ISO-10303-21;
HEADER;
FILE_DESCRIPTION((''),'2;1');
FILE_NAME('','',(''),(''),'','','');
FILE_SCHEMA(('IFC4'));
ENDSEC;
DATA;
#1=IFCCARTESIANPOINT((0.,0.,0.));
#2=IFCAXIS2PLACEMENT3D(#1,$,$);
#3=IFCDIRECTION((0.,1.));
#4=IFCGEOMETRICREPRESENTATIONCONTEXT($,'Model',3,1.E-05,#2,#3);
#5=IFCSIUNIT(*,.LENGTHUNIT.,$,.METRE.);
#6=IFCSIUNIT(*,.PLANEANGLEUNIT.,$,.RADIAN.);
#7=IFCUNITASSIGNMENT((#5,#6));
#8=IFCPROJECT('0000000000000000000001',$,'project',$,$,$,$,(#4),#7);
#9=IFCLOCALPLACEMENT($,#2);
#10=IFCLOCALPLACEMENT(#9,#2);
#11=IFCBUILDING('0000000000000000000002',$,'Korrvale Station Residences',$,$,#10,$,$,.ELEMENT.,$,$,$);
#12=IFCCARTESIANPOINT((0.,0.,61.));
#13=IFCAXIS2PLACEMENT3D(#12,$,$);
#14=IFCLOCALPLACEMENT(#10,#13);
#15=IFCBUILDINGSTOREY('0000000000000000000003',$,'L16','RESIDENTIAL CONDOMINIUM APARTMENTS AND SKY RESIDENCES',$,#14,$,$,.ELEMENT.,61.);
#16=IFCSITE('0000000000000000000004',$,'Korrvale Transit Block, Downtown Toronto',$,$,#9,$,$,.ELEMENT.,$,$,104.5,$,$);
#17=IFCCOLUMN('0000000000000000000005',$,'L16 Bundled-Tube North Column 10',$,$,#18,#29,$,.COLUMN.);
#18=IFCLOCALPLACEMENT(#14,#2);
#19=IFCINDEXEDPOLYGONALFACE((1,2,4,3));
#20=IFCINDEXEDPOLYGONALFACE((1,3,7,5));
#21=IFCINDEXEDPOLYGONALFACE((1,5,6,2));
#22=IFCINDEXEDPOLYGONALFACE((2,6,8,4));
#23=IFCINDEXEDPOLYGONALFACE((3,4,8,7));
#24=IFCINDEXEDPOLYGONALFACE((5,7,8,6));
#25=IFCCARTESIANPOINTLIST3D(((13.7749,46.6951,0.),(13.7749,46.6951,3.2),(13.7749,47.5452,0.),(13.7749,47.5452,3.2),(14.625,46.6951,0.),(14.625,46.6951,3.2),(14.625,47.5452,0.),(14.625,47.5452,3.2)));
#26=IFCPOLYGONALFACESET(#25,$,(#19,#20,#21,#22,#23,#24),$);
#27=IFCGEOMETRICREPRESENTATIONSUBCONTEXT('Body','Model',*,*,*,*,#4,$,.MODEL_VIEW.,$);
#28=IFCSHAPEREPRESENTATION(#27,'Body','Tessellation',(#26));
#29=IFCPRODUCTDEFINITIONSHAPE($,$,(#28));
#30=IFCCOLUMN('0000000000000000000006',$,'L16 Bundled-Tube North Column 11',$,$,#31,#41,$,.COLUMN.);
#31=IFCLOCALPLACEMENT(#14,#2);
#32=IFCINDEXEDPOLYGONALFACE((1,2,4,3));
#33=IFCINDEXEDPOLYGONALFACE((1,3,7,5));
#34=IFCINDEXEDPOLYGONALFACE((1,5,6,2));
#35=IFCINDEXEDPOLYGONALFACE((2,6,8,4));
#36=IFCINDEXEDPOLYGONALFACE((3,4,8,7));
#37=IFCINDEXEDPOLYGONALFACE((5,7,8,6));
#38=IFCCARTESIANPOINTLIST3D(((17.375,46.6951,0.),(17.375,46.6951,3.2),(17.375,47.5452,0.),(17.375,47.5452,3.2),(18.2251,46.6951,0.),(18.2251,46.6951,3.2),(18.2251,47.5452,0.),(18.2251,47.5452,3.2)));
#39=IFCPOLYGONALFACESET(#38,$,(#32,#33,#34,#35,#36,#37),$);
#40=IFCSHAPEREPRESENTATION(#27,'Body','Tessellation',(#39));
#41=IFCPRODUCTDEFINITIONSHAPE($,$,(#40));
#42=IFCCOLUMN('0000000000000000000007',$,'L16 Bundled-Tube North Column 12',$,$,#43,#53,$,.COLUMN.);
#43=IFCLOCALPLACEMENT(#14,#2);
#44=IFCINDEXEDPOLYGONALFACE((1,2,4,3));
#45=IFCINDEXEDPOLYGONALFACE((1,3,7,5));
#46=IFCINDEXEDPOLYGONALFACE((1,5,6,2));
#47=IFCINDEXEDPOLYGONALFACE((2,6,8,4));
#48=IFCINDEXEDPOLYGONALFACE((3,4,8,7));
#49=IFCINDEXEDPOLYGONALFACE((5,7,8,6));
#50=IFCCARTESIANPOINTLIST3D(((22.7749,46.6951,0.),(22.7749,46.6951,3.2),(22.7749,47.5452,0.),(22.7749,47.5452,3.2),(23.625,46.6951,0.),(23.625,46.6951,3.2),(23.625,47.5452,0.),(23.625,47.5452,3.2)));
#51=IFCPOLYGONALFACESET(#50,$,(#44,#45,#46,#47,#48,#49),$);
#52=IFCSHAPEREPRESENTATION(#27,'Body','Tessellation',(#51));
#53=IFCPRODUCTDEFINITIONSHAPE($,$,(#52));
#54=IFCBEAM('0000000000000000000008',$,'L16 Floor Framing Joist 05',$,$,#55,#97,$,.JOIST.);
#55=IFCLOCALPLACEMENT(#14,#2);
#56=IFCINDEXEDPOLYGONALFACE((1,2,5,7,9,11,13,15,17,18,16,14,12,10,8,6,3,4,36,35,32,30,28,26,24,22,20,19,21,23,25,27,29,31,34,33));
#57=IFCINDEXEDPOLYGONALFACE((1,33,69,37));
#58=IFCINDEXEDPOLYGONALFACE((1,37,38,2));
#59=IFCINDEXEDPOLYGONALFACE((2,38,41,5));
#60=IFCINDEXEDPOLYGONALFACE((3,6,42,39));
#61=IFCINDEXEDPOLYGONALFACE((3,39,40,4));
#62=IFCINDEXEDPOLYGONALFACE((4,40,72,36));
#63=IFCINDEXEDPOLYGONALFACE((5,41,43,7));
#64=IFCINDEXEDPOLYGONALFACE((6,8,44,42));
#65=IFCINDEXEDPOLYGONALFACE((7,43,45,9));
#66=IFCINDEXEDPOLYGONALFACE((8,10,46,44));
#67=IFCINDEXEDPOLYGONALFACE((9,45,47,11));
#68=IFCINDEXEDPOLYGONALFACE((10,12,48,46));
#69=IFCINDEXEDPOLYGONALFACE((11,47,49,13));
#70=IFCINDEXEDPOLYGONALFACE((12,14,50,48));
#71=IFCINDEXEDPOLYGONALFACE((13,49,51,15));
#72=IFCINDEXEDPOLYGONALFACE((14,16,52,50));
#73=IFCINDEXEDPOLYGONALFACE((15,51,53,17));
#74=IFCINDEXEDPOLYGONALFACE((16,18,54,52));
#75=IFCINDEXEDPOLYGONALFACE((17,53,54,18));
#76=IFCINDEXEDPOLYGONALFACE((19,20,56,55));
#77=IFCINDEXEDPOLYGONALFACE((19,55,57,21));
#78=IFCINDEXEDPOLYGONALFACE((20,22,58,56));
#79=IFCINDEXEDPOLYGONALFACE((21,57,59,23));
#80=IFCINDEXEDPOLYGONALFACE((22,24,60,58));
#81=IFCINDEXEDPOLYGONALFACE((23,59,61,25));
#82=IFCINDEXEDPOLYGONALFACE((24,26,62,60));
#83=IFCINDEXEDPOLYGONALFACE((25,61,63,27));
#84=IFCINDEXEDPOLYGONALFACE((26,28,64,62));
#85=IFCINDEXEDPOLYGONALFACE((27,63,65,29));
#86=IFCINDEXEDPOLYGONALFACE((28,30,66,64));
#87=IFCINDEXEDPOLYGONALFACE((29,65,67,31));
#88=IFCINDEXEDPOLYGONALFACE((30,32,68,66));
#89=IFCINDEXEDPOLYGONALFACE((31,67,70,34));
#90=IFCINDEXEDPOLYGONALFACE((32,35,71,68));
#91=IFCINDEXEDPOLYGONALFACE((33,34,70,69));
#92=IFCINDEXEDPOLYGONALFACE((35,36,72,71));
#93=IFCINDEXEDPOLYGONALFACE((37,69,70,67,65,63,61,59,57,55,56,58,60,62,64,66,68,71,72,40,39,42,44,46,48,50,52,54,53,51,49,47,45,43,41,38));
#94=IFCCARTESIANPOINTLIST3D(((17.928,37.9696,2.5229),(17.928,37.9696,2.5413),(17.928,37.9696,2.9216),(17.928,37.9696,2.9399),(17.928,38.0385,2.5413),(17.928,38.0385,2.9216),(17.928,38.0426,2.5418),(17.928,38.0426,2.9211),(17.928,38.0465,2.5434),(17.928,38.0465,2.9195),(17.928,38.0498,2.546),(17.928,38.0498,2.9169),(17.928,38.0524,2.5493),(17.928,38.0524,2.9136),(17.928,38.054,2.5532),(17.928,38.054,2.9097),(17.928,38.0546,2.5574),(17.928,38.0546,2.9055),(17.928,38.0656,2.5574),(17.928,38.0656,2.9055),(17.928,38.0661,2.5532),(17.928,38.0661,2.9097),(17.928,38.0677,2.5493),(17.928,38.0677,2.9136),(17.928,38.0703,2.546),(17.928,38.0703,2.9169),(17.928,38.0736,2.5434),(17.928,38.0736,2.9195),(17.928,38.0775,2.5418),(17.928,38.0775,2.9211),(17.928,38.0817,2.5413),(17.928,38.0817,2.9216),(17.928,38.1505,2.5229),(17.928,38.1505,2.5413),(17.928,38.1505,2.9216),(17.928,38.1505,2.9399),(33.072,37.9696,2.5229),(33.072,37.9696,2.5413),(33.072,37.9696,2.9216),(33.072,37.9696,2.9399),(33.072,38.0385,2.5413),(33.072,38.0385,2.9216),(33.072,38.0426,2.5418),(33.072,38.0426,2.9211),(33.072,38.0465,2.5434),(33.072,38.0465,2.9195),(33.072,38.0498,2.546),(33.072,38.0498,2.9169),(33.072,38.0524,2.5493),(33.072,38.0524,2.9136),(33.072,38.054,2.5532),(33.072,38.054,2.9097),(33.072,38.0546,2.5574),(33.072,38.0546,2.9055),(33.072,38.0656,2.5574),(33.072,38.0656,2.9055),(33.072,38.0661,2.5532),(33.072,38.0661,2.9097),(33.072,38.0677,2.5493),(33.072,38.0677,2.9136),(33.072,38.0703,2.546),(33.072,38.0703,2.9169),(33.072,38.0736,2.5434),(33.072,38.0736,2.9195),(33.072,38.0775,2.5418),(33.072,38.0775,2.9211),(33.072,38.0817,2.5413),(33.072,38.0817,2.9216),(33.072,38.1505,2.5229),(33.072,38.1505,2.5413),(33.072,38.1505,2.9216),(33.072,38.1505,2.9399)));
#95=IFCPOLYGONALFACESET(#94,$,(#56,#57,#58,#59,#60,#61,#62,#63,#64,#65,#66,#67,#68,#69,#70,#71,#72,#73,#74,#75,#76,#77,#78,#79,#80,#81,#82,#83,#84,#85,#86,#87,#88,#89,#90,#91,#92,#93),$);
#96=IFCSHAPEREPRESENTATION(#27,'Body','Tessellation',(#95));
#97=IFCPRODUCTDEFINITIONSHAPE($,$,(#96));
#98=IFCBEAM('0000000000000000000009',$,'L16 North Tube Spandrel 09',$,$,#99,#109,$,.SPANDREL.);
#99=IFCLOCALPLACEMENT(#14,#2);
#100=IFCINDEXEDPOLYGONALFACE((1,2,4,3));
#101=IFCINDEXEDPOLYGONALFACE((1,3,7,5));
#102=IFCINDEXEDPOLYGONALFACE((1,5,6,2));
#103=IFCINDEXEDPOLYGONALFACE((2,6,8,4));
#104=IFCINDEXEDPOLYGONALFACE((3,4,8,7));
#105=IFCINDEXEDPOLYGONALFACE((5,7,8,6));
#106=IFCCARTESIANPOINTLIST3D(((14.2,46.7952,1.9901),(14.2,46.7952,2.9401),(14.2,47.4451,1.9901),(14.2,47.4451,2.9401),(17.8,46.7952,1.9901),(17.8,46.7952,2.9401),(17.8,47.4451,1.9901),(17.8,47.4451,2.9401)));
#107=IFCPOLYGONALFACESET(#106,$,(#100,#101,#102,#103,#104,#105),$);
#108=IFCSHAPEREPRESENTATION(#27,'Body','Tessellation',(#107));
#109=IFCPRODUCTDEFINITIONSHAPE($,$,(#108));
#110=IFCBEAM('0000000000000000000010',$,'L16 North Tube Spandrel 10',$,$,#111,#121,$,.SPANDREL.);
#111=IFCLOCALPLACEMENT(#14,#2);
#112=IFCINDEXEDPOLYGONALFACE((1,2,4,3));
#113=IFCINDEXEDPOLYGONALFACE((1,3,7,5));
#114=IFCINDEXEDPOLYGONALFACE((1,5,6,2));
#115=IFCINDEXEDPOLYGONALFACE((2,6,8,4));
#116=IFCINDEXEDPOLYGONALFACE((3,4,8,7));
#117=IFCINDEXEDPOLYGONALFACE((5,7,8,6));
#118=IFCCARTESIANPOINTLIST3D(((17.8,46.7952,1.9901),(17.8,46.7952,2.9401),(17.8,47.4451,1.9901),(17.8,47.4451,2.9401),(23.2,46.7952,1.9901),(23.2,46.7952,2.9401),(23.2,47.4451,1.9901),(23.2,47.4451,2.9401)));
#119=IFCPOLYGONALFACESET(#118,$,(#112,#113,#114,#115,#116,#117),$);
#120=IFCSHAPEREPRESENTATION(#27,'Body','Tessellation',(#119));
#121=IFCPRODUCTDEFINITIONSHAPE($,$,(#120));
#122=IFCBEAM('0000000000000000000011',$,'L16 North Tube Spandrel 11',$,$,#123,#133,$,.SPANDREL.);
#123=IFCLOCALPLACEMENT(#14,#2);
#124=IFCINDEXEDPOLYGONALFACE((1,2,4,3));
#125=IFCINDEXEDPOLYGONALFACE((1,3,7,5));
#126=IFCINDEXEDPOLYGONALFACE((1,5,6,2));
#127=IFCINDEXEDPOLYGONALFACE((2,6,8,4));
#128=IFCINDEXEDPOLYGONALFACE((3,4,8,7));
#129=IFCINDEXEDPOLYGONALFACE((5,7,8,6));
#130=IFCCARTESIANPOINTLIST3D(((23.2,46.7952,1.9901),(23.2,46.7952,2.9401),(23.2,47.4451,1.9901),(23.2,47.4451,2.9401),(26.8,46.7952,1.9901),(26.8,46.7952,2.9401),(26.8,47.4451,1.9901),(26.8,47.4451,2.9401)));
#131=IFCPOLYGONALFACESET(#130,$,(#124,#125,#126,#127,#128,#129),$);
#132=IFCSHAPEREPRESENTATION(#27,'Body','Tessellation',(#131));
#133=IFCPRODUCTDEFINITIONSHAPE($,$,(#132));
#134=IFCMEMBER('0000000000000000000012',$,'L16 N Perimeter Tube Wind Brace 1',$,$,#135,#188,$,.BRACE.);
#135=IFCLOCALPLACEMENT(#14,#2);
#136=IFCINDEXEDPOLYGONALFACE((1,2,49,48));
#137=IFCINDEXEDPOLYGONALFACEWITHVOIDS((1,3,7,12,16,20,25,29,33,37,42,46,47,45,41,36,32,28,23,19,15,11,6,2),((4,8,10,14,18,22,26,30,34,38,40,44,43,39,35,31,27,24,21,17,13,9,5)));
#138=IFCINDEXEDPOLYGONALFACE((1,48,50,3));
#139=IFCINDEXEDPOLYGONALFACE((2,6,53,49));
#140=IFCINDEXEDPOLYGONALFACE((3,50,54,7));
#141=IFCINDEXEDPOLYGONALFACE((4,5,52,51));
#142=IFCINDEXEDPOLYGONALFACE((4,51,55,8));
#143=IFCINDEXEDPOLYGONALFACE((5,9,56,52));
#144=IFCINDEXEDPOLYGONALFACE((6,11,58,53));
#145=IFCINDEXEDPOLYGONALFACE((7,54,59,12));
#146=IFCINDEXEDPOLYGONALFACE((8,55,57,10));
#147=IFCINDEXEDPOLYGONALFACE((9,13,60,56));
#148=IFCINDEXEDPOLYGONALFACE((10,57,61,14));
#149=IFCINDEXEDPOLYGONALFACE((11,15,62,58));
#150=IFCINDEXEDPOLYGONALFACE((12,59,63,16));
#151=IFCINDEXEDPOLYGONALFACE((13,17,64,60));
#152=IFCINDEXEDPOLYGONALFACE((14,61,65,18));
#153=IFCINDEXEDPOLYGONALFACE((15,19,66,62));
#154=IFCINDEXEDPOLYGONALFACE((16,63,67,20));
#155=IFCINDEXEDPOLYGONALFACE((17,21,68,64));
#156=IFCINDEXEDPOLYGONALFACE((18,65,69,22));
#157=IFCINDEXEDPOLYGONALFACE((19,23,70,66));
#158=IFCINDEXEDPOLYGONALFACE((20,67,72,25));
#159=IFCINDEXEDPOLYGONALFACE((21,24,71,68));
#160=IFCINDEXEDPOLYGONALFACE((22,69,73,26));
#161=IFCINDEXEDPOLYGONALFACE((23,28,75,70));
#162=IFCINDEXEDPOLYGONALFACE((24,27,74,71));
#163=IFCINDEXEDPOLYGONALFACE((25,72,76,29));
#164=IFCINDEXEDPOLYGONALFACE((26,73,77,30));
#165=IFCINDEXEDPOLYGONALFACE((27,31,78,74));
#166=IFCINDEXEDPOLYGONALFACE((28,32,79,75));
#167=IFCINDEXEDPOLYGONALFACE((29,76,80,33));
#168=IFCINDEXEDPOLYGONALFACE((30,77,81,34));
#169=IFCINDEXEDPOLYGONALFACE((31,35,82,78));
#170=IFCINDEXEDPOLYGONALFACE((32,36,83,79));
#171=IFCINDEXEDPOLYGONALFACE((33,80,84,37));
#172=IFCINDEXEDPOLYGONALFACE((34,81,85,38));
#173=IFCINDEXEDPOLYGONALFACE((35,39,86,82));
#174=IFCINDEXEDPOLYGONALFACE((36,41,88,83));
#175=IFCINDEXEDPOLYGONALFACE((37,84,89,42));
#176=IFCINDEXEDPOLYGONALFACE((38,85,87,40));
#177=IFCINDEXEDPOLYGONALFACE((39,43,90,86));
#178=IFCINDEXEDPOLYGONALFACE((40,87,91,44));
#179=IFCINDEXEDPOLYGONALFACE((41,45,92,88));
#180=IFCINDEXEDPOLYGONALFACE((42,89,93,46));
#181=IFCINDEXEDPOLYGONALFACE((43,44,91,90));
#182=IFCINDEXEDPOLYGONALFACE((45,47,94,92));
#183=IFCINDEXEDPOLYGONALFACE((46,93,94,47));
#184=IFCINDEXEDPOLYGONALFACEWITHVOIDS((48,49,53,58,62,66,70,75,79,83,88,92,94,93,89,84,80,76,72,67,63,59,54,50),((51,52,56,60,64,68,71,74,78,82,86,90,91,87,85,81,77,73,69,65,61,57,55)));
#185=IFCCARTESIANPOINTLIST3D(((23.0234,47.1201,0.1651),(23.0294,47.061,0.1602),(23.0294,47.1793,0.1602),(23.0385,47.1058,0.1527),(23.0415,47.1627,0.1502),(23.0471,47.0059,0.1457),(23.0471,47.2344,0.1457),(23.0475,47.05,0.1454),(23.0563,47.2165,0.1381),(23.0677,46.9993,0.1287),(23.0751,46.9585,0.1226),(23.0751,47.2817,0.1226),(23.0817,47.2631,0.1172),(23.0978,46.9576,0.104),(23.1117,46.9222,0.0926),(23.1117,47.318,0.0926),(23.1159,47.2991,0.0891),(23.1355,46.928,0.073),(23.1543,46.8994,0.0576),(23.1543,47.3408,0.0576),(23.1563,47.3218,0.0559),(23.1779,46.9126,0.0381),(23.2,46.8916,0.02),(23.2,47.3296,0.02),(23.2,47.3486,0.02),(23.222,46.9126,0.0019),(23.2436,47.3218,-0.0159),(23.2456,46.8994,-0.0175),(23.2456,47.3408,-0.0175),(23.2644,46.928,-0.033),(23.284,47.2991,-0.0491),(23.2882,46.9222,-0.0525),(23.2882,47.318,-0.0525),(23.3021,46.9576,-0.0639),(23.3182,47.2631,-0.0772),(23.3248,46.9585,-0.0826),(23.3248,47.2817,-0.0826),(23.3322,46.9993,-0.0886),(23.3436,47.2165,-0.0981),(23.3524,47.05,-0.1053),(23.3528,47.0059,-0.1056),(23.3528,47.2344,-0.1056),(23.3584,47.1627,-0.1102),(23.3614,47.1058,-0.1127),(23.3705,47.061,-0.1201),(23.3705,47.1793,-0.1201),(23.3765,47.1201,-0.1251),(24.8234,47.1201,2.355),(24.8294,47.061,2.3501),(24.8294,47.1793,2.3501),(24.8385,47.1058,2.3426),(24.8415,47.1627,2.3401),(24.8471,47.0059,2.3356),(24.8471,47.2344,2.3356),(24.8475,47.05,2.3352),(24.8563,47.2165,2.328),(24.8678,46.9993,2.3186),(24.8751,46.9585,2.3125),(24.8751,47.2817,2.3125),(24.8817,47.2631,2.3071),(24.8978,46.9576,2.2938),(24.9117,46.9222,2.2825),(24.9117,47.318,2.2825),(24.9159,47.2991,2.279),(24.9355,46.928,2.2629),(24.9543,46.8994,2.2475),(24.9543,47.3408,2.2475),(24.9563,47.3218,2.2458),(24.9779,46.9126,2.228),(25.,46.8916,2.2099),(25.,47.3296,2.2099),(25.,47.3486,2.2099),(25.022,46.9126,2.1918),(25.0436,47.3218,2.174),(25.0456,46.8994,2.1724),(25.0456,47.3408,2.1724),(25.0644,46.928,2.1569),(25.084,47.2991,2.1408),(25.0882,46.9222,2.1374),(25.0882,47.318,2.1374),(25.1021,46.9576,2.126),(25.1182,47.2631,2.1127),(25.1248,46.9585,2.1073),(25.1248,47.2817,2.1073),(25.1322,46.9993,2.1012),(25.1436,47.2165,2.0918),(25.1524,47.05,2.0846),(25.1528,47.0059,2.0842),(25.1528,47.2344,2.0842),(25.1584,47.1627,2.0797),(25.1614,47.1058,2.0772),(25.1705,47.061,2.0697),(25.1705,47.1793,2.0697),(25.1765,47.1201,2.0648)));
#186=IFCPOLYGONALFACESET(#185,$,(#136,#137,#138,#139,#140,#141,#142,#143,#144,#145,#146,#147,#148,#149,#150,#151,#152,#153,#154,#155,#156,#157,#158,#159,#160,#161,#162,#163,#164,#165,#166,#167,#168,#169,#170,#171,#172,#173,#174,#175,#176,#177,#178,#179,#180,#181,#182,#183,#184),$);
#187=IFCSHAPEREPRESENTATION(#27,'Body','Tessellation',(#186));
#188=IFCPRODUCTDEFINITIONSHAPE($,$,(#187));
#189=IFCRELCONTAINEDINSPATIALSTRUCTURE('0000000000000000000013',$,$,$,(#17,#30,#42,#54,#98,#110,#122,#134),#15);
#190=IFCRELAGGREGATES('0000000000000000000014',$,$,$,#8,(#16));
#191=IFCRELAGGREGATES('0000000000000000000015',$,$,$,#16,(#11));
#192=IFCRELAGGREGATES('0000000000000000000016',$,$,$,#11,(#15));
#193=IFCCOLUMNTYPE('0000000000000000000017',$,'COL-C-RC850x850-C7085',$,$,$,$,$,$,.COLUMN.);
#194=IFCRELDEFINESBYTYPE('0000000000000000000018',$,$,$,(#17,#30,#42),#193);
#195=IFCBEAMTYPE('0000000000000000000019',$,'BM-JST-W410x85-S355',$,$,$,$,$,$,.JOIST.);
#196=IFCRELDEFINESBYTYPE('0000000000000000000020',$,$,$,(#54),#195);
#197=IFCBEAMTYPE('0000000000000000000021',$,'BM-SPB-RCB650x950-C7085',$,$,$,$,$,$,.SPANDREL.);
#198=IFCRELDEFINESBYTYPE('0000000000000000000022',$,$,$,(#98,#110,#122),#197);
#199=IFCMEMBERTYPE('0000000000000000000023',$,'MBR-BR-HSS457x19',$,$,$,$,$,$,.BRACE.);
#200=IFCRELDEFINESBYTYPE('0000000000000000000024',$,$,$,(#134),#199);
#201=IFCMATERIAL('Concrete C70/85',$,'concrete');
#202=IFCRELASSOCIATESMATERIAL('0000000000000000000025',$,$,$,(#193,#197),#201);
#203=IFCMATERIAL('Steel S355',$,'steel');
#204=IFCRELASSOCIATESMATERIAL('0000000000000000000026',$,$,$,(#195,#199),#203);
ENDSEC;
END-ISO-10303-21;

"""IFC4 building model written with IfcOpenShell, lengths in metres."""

from ifc_helpers import new_model, si_unit, direction, frame, origin, origin_2d, place, context, subcontext, project, spatial, rectangle, hollow_circle, i_section, extrude, material, material_profile, profile_set, type_object, element, save


model = new_model("IFC4")

# Units and contexts
model_context = context("Model", 3, precision=1e-05, world=origin(), true_north=direction((0.0, 1.0)))
body_context = subcontext(model_context, "Body", "Model", "MODEL_VIEW")
ifc_project = project(units=[si_unit("LENGTHUNIT", "METRE"), si_unit("PLANEANGLEUNIT", "RADIAN")], contexts=[model_context])

# Site, building, storey
site_placement = place(None, origin())
site = spatial("IfcSite", under=ifc_project, at=site_placement, Name="Korrvale Transit Block, Downtown Toronto", CompositionType="ELEMENT", RefElevation=104.5)
building_placement = place(site_placement, origin())
building = spatial("IfcBuilding", under=site, at=building_placement, Name="Korrvale Station Residences", CompositionType="ELEMENT")
storey_placement = place(building_placement, frame((0.0, 0.0, 61.0)))
storey = spatial("IfcBuildingStorey", under=building, at=storey_placement, Name="L16", Description="RESIDENTIAL CONDOMINIUM APARTMENTS AND SKY RESIDENCES", CompositionType="ELEMENT", Elevation=61.0)

# Columns
ifc_material_1 = material(Name="Concrete C70/85", Category="concrete")
ifc_material_profile_1 = material_profile(ifc_material_1, rectangle(XDim=0.8501, YDim=0.8501, at=origin_2d()), Name="RC850x850")
ifc_profile_set_1 = profile_set([ifc_material_profile_1], Name="Concrete C70/85")
column_type = type_object("IfcColumnType", Name="COL-C-RC850x850-C7085", PredefinedType="COLUMN", material=ifc_profile_set_1)
for number, where, z_axis, x_axis, name in (
    (1, (14.2, 47.1201, 0.0), (0.0, 0.0, 1.0), (1.0, 0.0, 0.0), "L16 Bundled-Tube North Column 10"),
    (2, (17.8, 47.1201, 0.0), (0.0, 0.0, 1.0), (1.0, 0.0, 0.0), "L16 Bundled-Tube North Column 11"),
    (3, (23.2, 47.1201, 0.0), (0.0, 0.0, 1.0), (1.0, 0.0, 0.0), "L16 Bundled-Tube North Column 12"),
):
    element("IfcColumn", number, at=place(storey_placement, frame(where, z_axis=z_axis, x_axis=x_axis)), inside=storey, type_object=column_type, Name=name, PredefinedType="COLUMN", context=body_context, shape_type="SweptSolid", body=[
        extrude(rectangle(XDim=0.8501, YDim=0.8501, at=origin_2d()), origin(), (0.0, 0.0, 1.0), 3.2),
    ])

# Beams
ifc_material_2 = material(Name="Steel S355", Category="steel")
ifc_material_profile_2 = material_profile(ifc_material_2, i_section(OverallWidth=0.1809, OverallDepth=0.417, WebThickness=0.011, FlangeThickness=0.0183, FilletRadius=0.0161, at=origin_2d()), Name="W410x85")
ifc_profile_set_2 = profile_set([ifc_material_profile_2], Name="Steel S355")
beam_type_1 = type_object("IfcBeamType", Name="BM-JST-W410x85-S355", PredefinedType="JOIST", material=ifc_profile_set_2)
beam_1_placement = place(storey_placement, frame((17.928, 38.0601, 2.7314), z_axis=(1.0, 0.0, 0.0), x_axis=(0.0, 1.0, 0.0)))
element("IfcBeam", 4, at=beam_1_placement, inside=storey, type_object=beam_type_1, Name="L16 Floor Framing Joist 05", PredefinedType="JOIST", context=body_context, shape_type="SweptSolid", body=[
    extrude(i_section(OverallWidth=0.1809, OverallDepth=0.417, WebThickness=0.011, FlangeThickness=0.0183, FilletRadius=0.0161, at=origin_2d()), origin(), (0.0, 0.0, 1.0), 15.144),
])
ifc_material_profile_3 = material_profile(ifc_material_1, rectangle(XDim=0.6499, YDim=0.95, at=origin_2d()), Name="RCB650x950")
ifc_profile_set_3 = profile_set([ifc_material_profile_3], Name="Concrete C70/85")
beam_type_2 = type_object("IfcBeamType", Name="BM-SPB-RCB650x950-C7085", PredefinedType="SPANDREL", material=ifc_profile_set_3)
beam_2_placement = place(storey_placement, frame((14.2, 47.1201, 2.4651), z_axis=(1.0, 0.0, 0.0), x_axis=(0.0, 1.0, 0.0)))
element("IfcBeam", 5, at=beam_2_placement, inside=storey, type_object=beam_type_2, Name="L16 North Tube Spandrel 09", PredefinedType="SPANDREL", context=body_context, shape_type="SweptSolid", body=[
    extrude(rectangle(XDim=0.6499, YDim=0.95, at=origin_2d()), origin(), (0.0, 0.0, 1.0), 3.6001),
])
beam_3_placement = place(storey_placement, frame((17.8, 47.1201, 2.4651), z_axis=(1.0, 0.0, 0.0), x_axis=(0.0, 1.0, 0.0)))
element("IfcBeam", 6, at=beam_3_placement, inside=storey, type_object=beam_type_2, Name="L16 North Tube Spandrel 10", PredefinedType="SPANDREL", context=body_context, shape_type="SweptSolid", body=[
    extrude(rectangle(XDim=0.6499, YDim=0.95, at=origin_2d()), origin(), (0.0, 0.0, 1.0), 5.3999),
])
beam_4_placement = place(storey_placement, frame((23.2, 47.1201, 2.4651), z_axis=(1.0, 0.0, 0.0), x_axis=(0.0, 1.0, 0.0)))
element("IfcBeam", 7, at=beam_4_placement, inside=storey, type_object=beam_type_2, Name="L16 North Tube Spandrel 11", PredefinedType="SPANDREL", context=body_context, shape_type="SweptSolid", body=[
    extrude(rectangle(XDim=0.6499, YDim=0.95, at=origin_2d()), origin(), (0.0, 0.0, 1.0), 3.6001),
])

# Member
ifc_material_profile_4 = material_profile(ifc_material_2, hollow_circle(Radius=0.2285, WallThickness=0.019, at=origin_2d()), Name="HSS457x19")
ifc_profile_set_4 = profile_set([ifc_material_profile_4], Name="Steel S355")
member_type = type_object("IfcMemberType", Name="MBR-BR-HSS457x19", PredefinedType="BRACE", material=ifc_profile_set_4)
member_placement = place(storey_placement, frame((23.2, 47.1201, 0.02), z_axis=(0.634985, 0.0, 0.772524), x_axis=(0.0, 1.0, 0.0)))
element("IfcMember", 8, at=member_placement, inside=storey, type_object=member_type, Name="L16 N Perimeter Tube Wind Brace 1", PredefinedType="BRACE", context=body_context, shape_type="SweptSolid", body=[
    extrude(hollow_circle(Radius=0.2285, WallThickness=0.019, at=origin_2d()), origin(), (0.0, 0.0, 1.0), 2.8347),
])

save(model, "model.ifc")
